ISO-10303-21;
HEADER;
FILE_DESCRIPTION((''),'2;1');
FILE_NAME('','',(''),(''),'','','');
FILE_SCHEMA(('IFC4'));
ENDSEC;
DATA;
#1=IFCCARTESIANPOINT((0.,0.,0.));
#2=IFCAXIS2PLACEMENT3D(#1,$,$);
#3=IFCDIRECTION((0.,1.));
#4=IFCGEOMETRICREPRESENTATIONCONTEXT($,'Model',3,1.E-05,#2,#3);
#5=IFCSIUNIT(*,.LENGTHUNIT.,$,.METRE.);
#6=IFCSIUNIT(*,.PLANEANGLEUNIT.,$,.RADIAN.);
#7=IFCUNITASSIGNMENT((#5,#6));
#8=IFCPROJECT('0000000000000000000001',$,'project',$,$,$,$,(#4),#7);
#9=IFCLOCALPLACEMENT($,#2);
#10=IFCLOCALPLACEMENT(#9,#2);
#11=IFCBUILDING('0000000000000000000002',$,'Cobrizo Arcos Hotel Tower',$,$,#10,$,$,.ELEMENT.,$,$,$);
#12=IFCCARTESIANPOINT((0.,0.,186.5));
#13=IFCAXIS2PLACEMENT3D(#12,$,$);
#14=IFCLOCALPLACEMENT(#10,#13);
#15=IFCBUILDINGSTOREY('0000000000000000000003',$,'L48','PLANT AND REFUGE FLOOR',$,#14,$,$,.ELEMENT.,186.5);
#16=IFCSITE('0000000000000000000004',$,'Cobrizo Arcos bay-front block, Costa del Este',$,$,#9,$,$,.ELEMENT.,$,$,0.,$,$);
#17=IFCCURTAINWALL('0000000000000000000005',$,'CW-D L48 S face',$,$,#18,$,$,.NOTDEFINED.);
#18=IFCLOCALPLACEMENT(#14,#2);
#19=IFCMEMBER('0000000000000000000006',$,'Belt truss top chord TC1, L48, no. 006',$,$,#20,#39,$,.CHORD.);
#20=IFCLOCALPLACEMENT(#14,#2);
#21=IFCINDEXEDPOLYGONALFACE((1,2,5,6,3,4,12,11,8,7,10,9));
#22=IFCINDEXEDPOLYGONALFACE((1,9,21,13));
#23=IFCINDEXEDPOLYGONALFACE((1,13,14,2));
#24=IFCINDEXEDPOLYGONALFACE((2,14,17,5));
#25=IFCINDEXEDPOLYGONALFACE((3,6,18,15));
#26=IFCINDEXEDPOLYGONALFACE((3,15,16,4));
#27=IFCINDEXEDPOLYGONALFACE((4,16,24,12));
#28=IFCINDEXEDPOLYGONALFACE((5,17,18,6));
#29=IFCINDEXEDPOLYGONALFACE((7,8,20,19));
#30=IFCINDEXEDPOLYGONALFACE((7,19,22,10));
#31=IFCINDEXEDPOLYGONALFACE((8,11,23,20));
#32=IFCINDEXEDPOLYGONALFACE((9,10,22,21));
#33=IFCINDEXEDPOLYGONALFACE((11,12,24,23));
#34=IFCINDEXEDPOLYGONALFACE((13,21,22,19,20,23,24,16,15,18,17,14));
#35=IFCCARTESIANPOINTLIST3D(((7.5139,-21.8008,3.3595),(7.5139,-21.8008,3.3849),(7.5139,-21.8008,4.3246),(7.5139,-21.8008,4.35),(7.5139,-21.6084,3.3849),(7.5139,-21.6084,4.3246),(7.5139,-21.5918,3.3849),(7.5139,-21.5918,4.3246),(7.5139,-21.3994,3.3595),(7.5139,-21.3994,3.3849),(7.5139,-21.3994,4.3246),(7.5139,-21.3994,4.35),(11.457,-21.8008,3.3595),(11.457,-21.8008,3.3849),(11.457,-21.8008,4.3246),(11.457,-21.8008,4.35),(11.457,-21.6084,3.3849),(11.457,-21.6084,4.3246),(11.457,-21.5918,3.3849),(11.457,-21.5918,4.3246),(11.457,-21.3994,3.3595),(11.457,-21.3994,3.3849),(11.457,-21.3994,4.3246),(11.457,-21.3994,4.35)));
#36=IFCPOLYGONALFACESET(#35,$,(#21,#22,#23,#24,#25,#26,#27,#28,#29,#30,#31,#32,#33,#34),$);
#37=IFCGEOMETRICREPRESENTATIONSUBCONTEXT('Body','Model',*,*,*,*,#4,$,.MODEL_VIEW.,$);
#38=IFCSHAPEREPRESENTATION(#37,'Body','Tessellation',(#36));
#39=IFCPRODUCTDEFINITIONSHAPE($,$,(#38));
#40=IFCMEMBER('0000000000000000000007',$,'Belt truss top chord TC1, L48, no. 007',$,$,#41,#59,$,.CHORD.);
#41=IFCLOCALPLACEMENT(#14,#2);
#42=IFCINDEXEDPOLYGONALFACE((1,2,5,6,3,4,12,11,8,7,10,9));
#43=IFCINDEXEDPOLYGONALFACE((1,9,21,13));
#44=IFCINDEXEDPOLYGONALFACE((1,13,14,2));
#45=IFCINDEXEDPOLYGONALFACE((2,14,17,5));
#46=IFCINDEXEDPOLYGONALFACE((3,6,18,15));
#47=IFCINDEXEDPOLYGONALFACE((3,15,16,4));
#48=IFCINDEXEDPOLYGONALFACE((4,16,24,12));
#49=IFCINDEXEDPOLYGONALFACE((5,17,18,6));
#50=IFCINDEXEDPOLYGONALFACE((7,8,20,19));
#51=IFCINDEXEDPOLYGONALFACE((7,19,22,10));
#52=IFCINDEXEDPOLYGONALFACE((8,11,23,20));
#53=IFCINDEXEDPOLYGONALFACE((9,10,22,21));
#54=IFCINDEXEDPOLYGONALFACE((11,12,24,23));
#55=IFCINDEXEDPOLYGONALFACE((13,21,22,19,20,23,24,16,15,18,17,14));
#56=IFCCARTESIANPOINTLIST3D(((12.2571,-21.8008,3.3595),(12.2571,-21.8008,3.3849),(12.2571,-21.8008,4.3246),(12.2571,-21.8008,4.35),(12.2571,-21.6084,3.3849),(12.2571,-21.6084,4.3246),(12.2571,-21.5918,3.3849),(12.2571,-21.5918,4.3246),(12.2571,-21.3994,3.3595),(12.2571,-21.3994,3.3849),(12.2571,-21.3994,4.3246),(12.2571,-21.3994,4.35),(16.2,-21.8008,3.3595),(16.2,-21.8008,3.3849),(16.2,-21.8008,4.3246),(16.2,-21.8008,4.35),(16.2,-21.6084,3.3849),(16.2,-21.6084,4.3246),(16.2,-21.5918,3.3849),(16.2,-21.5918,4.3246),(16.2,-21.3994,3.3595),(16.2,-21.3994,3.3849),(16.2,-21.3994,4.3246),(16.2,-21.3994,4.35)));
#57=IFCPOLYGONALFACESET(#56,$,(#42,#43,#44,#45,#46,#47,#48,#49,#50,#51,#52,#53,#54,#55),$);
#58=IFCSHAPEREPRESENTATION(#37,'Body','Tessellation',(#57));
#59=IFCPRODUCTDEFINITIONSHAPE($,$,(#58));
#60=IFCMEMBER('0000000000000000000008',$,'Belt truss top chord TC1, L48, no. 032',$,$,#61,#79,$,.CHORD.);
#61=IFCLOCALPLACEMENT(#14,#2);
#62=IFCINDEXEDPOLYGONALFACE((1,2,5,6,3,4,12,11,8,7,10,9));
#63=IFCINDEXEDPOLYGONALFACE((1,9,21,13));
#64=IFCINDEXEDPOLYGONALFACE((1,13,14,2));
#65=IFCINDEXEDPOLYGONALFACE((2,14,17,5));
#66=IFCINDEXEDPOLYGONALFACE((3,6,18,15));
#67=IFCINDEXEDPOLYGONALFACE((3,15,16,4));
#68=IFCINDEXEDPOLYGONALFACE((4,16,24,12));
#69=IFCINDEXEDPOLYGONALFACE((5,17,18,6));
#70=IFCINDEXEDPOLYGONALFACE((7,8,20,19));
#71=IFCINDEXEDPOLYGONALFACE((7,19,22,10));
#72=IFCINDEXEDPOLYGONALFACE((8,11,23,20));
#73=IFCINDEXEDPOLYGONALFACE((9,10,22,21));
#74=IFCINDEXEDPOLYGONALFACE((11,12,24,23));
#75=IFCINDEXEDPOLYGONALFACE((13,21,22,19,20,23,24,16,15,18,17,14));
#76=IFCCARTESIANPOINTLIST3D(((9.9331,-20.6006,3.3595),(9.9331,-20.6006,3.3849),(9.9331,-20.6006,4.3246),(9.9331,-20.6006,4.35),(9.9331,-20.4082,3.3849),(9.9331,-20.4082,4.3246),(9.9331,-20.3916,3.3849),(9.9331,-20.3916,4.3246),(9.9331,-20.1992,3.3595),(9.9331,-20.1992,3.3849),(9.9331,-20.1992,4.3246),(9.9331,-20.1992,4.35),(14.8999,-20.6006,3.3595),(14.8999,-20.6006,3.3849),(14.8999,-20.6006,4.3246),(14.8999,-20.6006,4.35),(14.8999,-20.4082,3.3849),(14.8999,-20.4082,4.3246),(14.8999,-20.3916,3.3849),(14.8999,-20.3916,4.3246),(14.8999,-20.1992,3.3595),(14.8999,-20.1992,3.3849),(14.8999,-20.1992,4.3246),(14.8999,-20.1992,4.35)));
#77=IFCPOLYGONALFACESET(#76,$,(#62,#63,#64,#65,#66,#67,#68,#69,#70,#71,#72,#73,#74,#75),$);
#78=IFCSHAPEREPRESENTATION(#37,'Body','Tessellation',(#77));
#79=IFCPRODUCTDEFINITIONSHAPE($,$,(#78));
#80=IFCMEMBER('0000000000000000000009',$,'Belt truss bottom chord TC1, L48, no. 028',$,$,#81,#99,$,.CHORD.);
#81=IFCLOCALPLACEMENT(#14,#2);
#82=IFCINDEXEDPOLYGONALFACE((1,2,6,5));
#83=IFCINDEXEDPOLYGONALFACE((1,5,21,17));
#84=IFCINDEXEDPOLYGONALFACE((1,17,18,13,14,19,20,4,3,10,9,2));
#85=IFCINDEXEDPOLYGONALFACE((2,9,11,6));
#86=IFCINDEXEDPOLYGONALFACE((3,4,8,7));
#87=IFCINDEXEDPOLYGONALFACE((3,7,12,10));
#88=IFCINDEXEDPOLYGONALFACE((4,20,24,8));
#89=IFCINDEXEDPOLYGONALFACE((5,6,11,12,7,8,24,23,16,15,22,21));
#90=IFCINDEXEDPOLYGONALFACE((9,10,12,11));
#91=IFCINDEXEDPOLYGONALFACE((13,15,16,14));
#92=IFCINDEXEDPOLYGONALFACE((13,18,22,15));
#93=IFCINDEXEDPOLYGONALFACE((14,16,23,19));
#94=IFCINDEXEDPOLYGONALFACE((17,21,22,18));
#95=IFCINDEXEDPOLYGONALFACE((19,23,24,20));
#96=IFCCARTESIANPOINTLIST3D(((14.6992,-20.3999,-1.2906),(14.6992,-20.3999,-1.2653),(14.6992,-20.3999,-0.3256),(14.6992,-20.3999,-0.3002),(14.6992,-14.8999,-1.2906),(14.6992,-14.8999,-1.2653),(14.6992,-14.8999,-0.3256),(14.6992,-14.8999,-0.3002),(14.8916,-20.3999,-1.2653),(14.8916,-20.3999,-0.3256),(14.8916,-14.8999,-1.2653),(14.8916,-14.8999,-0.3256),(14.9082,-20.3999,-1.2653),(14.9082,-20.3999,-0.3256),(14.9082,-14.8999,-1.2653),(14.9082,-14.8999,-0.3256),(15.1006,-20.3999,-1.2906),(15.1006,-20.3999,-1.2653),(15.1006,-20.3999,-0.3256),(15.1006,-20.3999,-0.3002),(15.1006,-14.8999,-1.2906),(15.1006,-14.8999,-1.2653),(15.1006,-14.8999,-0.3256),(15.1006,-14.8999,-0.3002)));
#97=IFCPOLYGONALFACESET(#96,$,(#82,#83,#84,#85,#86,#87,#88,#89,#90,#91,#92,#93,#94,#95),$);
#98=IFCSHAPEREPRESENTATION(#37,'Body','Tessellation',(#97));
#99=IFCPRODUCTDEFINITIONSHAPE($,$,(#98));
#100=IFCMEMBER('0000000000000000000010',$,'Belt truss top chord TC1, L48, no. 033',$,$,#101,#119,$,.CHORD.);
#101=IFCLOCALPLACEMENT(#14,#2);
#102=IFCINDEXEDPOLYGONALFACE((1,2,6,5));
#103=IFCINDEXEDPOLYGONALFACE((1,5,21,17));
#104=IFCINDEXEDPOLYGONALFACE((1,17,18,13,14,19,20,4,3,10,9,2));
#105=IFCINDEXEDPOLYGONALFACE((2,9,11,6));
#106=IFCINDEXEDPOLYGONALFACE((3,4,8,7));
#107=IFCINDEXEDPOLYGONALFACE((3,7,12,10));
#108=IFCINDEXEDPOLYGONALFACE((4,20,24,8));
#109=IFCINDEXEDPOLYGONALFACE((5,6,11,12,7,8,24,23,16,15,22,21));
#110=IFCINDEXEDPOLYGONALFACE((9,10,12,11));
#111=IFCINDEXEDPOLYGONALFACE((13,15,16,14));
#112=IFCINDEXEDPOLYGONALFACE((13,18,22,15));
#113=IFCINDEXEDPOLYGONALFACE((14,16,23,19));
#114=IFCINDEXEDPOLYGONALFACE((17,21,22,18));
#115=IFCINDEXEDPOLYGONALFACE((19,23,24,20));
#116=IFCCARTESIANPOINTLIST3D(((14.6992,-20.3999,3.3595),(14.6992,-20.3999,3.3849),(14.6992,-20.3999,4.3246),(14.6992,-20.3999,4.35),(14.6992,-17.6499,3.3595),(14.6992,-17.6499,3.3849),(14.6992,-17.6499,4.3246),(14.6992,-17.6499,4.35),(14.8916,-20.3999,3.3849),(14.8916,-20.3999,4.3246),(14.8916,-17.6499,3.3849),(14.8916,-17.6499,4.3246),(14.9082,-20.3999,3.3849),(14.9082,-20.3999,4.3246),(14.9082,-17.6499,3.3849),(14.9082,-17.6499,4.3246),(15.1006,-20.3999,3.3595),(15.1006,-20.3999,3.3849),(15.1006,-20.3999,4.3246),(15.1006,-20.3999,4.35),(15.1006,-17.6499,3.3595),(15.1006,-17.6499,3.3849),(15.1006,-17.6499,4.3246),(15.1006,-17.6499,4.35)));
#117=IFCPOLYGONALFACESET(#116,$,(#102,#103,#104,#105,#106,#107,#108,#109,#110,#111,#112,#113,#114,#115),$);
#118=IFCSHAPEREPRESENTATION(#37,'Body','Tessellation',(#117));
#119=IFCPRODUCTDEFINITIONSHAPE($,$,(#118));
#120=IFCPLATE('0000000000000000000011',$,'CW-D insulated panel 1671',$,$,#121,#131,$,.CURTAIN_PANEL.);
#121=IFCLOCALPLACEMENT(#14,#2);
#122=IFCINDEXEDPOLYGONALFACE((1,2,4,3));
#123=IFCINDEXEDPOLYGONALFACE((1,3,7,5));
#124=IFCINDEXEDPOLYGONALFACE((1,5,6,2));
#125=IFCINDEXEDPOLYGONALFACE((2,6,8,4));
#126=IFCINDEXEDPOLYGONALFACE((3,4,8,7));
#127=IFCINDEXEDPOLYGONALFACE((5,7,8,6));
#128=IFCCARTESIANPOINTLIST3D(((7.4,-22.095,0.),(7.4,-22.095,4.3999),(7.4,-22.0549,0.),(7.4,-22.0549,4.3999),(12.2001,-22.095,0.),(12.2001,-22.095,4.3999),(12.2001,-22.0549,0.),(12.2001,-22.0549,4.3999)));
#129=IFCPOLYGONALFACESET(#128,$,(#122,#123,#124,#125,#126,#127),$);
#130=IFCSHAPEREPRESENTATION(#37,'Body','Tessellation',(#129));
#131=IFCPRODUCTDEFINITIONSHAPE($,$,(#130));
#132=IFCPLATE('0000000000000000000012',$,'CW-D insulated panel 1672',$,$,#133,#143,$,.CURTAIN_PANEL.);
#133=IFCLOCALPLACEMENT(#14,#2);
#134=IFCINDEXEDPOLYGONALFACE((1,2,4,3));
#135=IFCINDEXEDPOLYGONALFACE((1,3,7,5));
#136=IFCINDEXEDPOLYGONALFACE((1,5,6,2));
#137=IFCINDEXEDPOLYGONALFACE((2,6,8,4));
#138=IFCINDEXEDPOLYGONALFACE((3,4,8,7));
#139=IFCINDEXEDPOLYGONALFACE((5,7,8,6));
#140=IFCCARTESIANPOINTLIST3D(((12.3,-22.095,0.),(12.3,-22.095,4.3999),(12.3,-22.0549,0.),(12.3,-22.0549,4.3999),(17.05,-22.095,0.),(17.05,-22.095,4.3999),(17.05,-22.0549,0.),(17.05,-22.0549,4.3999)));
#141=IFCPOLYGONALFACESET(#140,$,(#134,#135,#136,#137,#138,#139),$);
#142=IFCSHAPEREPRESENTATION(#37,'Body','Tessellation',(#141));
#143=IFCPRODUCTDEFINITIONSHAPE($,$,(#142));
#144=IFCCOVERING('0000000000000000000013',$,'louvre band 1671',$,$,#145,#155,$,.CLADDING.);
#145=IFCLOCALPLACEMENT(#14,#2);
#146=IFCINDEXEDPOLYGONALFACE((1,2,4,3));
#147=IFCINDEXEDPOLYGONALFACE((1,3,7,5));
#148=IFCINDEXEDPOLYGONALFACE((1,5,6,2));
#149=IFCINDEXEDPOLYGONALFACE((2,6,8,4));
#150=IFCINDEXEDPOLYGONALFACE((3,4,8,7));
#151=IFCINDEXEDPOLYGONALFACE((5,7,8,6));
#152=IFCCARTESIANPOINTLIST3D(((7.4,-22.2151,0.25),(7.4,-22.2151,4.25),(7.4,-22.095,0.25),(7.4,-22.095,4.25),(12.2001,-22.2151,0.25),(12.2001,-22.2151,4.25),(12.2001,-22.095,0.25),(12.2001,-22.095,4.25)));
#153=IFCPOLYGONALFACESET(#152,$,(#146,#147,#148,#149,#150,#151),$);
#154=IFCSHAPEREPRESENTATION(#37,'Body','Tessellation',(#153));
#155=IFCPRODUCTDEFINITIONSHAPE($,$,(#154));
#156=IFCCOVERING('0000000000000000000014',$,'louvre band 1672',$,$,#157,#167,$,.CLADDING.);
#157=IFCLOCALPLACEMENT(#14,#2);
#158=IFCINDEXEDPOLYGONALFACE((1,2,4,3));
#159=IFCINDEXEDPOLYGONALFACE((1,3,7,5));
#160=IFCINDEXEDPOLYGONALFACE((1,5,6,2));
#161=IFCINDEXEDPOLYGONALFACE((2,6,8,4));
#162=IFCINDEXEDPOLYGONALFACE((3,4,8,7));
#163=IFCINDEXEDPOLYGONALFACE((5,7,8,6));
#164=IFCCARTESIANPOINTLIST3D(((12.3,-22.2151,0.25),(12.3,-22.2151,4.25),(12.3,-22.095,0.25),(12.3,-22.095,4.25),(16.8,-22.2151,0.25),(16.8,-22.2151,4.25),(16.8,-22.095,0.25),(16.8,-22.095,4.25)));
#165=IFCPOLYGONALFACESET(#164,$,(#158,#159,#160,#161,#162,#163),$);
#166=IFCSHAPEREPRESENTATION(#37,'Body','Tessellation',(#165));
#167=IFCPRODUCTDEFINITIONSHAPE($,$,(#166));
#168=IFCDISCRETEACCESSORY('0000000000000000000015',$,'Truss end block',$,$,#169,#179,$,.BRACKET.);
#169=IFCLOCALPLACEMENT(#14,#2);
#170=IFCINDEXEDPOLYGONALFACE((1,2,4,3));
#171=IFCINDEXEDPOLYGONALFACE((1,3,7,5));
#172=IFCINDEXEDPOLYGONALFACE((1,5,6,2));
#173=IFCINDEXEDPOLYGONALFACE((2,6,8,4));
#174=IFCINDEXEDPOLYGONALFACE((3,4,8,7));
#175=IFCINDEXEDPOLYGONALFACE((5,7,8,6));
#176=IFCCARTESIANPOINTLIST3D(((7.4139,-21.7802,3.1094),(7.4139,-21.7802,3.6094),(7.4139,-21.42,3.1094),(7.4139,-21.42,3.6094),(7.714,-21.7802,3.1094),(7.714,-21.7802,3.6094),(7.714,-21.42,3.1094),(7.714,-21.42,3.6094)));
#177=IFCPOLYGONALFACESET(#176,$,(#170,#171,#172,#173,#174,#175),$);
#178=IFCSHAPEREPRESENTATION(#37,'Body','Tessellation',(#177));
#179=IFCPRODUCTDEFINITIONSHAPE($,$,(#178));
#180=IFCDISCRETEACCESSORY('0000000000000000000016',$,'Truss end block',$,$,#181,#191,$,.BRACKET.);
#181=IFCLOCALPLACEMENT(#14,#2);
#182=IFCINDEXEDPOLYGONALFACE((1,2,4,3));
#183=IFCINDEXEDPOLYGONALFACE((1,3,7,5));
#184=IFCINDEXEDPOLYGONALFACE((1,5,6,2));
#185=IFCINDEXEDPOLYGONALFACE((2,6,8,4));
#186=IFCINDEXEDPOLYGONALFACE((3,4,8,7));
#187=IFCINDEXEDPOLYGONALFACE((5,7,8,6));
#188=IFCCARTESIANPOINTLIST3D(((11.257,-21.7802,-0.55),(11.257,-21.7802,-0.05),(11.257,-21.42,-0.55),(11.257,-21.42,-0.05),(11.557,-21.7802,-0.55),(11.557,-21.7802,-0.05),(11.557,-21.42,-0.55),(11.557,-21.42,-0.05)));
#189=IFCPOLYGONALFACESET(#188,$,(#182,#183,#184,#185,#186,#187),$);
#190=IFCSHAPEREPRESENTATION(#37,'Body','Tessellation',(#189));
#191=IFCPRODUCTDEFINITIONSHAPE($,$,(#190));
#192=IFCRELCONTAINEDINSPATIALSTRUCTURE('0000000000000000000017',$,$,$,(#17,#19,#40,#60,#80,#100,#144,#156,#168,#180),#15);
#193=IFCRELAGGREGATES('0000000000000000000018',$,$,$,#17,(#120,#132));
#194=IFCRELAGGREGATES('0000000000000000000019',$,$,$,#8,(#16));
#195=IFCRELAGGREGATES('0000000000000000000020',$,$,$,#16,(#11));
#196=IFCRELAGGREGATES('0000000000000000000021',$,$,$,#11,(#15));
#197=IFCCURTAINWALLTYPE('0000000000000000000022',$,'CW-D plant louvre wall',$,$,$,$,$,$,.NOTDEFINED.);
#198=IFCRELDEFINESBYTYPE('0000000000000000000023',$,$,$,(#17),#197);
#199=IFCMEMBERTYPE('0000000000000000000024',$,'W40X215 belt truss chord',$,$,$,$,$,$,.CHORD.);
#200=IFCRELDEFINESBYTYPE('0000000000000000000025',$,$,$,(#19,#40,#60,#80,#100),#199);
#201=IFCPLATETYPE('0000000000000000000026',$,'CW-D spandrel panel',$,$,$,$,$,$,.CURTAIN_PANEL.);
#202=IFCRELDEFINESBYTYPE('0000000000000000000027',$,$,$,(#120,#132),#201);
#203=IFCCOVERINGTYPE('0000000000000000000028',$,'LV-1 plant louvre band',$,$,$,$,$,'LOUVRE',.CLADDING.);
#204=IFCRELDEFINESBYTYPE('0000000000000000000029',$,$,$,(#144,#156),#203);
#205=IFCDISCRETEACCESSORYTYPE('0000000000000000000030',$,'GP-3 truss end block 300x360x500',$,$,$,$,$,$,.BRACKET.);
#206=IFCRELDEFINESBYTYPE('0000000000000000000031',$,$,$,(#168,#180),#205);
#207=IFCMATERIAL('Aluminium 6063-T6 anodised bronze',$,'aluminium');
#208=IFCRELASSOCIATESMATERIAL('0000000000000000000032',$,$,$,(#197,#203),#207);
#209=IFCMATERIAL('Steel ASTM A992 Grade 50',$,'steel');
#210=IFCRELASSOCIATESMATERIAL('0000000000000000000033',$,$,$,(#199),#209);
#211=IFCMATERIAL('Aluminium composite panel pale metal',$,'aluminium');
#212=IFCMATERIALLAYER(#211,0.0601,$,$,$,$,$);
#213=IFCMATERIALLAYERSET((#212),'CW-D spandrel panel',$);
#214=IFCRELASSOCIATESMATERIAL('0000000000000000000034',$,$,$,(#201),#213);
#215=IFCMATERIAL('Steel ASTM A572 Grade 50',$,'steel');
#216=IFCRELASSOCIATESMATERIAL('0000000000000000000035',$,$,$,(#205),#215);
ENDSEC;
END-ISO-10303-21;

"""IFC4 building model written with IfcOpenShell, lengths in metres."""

from ifc_helpers import new_model, si_unit, direction, frame, origin, origin_2d, place, context, subcontext, project, spatial, rectangle, i_section, extrude, material, layer, layer_set, material_profile, profile_set, type_object, element, aggregate, save


model = new_model("IFC4")

# Units and contexts
model_context = context("Model", 3, precision=1e-05, world=origin(), true_north=direction((0.0, 1.0)))
body_context = subcontext(model_context, "Body", "Model", "MODEL_VIEW")
ifc_project = project(units=[si_unit("LENGTHUNIT", "METRE"), si_unit("PLANEANGLEUNIT", "RADIAN")], contexts=[model_context])

# Site, building, storey
site_placement = place(None, origin())
site = spatial("IfcSite", under=ifc_project, at=site_placement, Name="Cobrizo Arcos bay-front block, Costa del Este", CompositionType="ELEMENT", RefElevation=0.0)
building_placement = place(site_placement, origin())
building = spatial("IfcBuilding", under=site, at=building_placement, Name="Cobrizo Arcos Hotel Tower", CompositionType="ELEMENT")
storey_placement = place(building_placement, frame((0.0, 0.0, 186.5)))
storey = spatial("IfcBuildingStorey", under=building, at=storey_placement, Name="L48", Description="PLANT AND REFUGE FLOOR", CompositionType="ELEMENT", Elevation=186.5)

# Shared definitions
ifc_material_1 = material(Name="Steel ASTM A572 Grade 50", Category="steel")

# Curtain wall
ifc_material_2 = material(Name="Aluminium 6063-T6 anodised bronze", Category="aluminium")
curtain_wall_type = type_object("IfcCurtainWallType", Name="CW-D plant louvre wall", PredefinedType="NOTDEFINED", material=ifc_material_2)
curtain_wall_placement = place(storey_placement, origin())
curtain_wall = element("IfcCurtainWall", 1, at=curtain_wall_placement, inside=storey, type_object=curtain_wall_type, Name="CW-D L48 S face", PredefinedType="NOTDEFINED")

# Members
ifc_material_3 = material(Name="Steel ASTM A992 Grade 50", Category="steel")
ifc_material_profile_1 = material_profile(ifc_material_3, i_section(OverallWidth=0.4014, OverallDepth=0.9905, WebThickness=0.0166, FlangeThickness=0.0254, at=origin_2d()), Name="W40X215")
ifc_profile_set_1 = profile_set([ifc_material_profile_1], Name="Steel ASTM A992 Grade 50")
member_type_1 = type_object("IfcMemberType", Name="W40X215 belt truss chord", PredefinedType="CHORD", material=ifc_profile_set_1)
member_1_placement = place(storey_placement, frame((7.5139, -21.6001, 3.8547), z_axis=(1.0, 0.0, 0.0), x_axis=(0.0, 1.0, 0.0)))
element("IfcMember", 2, at=member_1_placement, inside=storey, type_object=member_type_1, Name="Belt truss top chord TC1, L48, no. 006", PredefinedType="CHORD", context=body_context, shape_type="SweptSolid", body=[
    extrude(i_section(OverallWidth=0.4014, OverallDepth=0.9905, WebThickness=0.0166, FlangeThickness=0.0254, at=origin_2d()), origin(), (0.0, 0.0, 1.0), 3.9431),
])
member_2_placement = place(storey_placement, frame((12.2571, -21.6001, 3.8547), z_axis=(1.0, 0.0, 0.0), x_axis=(0.0, 1.0, 0.0)))
element("IfcMember", 3, at=member_2_placement, inside=storey, type_object=member_type_1, Name="Belt truss top chord TC1, L48, no. 007", PredefinedType="CHORD", context=body_context, shape_type="SweptSolid", body=[
    extrude(i_section(OverallWidth=0.4014, OverallDepth=0.9905, WebThickness=0.0166, FlangeThickness=0.0254, at=origin_2d()), origin(), (0.0, 0.0, 1.0), 3.9429),
])
member_3_placement = place(storey_placement, frame((9.9331, -20.3999, 3.8547), z_axis=(1.0, 0.0, 0.0), x_axis=(0.0, 1.0, 0.0)))
element("IfcMember", 4, at=member_3_placement, inside=storey, type_object=member_type_1, Name="Belt truss top chord TC1, L48, no. 032", PredefinedType="CHORD", context=body_context, shape_type="SweptSolid", body=[
    extrude(i_section(OverallWidth=0.4014, OverallDepth=0.9905, WebThickness=0.0166, FlangeThickness=0.0254, at=origin_2d()), origin(), (0.0, 0.0, 1.0), 4.9668),
])
member_4_placement = place(storey_placement, frame((14.8999, -20.3999, -0.7954), z_axis=(0.0, 1.0, 0.0), x_axis=(-1.0, 0.0, 0.0)))
element("IfcMember", 5, at=member_4_placement, inside=storey, type_object=member_type_1, Name="Belt truss bottom chord TC1, L48, no. 028", PredefinedType="CHORD", context=body_context, shape_type="SweptSolid", body=[
    extrude(i_section(OverallWidth=0.4014, OverallDepth=0.9905, WebThickness=0.0166, FlangeThickness=0.0254, at=origin_2d()), origin(), (0.0, 0.0, 1.0), 5.5),
])
member_5_placement = place(storey_placement, frame((14.8999, -20.3999, 3.8547), z_axis=(0.0, 1.0, 0.0), x_axis=(-1.0, 0.0, 0.0)))
element("IfcMember", 6, at=member_5_placement, inside=storey, type_object=member_type_1, Name="Belt truss top chord TC1, L48, no. 033", PredefinedType="CHORD", context=body_context, shape_type="SweptSolid", body=[
    extrude(i_section(OverallWidth=0.4014, OverallDepth=0.9905, WebThickness=0.0166, FlangeThickness=0.0254, at=origin_2d()), origin(), (0.0, 0.0, 1.0), 2.75),
])

# Plates
ifc_material_4 = material(Name="Aluminium composite panel pale metal", Category="aluminium")
ifc_layer = layer(ifc_material_4, 0.0601)
ifc_layer_set = layer_set([ifc_layer], Name="CW-D spandrel panel")
plate_type = type_object("IfcPlateType", Name="CW-D spandrel panel", PredefinedType="CURTAIN_PANEL", material=ifc_layer_set)
plate_1_placement = place(storey_placement, frame((9.8, -22.075, 0.0), z_axis=(0.0, 0.0, 1.0), x_axis=(1.0, 0.0, 0.0)))
plate_1 = element("IfcPlate", 7, at=plate_1_placement, type_object=plate_type, Name="CW-D insulated panel 1671", PredefinedType="CURTAIN_PANEL", context=body_context, shape_type="SweptSolid", body=[
    extrude(rectangle(XDim=4.8, YDim=0.04, at=origin_2d()), origin(), (0.0, 0.0, 1.0), 4.3999),
])
plate_2_placement = place(storey_placement, frame((14.675, -22.075, 0.0), z_axis=(0.0, 0.0, 1.0), x_axis=(1.0, 0.0, 0.0)))
plate_2 = element("IfcPlate", 8, at=plate_2_placement, type_object=plate_type, Name="CW-D insulated panel 1672", PredefinedType="CURTAIN_PANEL", context=body_context, shape_type="SweptSolid", body=[
    extrude(rectangle(XDim=4.75, YDim=0.04, at=origin_2d()), origin(), (0.0, 0.0, 1.0), 4.3999),
])
aggregate(curtain_wall, [plate_1, plate_2])

# Coverings
covering_type = type_object("IfcCoveringType", Name="LV-1 plant louvre band", ElementType="LOUVRE", PredefinedType="CLADDING", material=ifc_material_2)
covering_1_placement = place(storey_placement, frame((9.8, -22.155, 0.25), z_axis=(0.0, 0.0, 1.0), x_axis=(1.0, 0.0, 0.0)))
element("IfcCovering", 9, at=covering_1_placement, inside=storey, type_object=covering_type, Name="louvre band 1671", PredefinedType="CLADDING", context=body_context, shape_type="SweptSolid", body=[
    extrude(rectangle(XDim=4.8, YDim=0.1201, at=origin_2d()), origin(), (0.0, 0.0, 1.0), 4.0),
])
covering_2_placement = place(storey_placement, frame((14.55, -22.155, 0.25), z_axis=(0.0, 0.0, 1.0), x_axis=(1.0, 0.0, 0.0)))
element("IfcCovering", 10, at=covering_2_placement, inside=storey, type_object=covering_type, Name="louvre band 1672", PredefinedType="CLADDING", context=body_context, shape_type="SweptSolid", body=[
    extrude(rectangle(XDim=4.5, YDim=0.1201, at=origin_2d()), origin(), (0.0, 0.0, 1.0), 4.0),
])

# Discrete accessories
discrete_accessory_type_1 = type_object("IfcDiscreteAccessoryType", Name="GP-3 truss end block 300x360x500", PredefinedType="BRACKET", material=ifc_material_1)
for number, where, z_axis, x_axis, name in (
    (11, (7.564, -21.6001, 3.1094), (0.0, 0.0, 1.0), (1.0, 0.0, 0.0), "Truss end block"),
    (12, (11.407, -21.6001, -0.55), (0.0, 0.0, 1.0), (-1.0, 0.0, 0.0), "Truss end block"),
):
    element("IfcDiscreteAccessory", number, at=place(storey_placement, frame(where, z_axis=z_axis, x_axis=x_axis)), inside=storey, type_object=discrete_accessory_type_1, Name=name, PredefinedType="BRACKET", context=body_context, shape_type="SweptSolid", body=[
        extrude(rectangle(XDim=0.3, YDim=0.3601, at=origin_2d()), origin(), (0.0, 0.0, 1.0), 0.5),
    ])

save(model, "model.ifc")
